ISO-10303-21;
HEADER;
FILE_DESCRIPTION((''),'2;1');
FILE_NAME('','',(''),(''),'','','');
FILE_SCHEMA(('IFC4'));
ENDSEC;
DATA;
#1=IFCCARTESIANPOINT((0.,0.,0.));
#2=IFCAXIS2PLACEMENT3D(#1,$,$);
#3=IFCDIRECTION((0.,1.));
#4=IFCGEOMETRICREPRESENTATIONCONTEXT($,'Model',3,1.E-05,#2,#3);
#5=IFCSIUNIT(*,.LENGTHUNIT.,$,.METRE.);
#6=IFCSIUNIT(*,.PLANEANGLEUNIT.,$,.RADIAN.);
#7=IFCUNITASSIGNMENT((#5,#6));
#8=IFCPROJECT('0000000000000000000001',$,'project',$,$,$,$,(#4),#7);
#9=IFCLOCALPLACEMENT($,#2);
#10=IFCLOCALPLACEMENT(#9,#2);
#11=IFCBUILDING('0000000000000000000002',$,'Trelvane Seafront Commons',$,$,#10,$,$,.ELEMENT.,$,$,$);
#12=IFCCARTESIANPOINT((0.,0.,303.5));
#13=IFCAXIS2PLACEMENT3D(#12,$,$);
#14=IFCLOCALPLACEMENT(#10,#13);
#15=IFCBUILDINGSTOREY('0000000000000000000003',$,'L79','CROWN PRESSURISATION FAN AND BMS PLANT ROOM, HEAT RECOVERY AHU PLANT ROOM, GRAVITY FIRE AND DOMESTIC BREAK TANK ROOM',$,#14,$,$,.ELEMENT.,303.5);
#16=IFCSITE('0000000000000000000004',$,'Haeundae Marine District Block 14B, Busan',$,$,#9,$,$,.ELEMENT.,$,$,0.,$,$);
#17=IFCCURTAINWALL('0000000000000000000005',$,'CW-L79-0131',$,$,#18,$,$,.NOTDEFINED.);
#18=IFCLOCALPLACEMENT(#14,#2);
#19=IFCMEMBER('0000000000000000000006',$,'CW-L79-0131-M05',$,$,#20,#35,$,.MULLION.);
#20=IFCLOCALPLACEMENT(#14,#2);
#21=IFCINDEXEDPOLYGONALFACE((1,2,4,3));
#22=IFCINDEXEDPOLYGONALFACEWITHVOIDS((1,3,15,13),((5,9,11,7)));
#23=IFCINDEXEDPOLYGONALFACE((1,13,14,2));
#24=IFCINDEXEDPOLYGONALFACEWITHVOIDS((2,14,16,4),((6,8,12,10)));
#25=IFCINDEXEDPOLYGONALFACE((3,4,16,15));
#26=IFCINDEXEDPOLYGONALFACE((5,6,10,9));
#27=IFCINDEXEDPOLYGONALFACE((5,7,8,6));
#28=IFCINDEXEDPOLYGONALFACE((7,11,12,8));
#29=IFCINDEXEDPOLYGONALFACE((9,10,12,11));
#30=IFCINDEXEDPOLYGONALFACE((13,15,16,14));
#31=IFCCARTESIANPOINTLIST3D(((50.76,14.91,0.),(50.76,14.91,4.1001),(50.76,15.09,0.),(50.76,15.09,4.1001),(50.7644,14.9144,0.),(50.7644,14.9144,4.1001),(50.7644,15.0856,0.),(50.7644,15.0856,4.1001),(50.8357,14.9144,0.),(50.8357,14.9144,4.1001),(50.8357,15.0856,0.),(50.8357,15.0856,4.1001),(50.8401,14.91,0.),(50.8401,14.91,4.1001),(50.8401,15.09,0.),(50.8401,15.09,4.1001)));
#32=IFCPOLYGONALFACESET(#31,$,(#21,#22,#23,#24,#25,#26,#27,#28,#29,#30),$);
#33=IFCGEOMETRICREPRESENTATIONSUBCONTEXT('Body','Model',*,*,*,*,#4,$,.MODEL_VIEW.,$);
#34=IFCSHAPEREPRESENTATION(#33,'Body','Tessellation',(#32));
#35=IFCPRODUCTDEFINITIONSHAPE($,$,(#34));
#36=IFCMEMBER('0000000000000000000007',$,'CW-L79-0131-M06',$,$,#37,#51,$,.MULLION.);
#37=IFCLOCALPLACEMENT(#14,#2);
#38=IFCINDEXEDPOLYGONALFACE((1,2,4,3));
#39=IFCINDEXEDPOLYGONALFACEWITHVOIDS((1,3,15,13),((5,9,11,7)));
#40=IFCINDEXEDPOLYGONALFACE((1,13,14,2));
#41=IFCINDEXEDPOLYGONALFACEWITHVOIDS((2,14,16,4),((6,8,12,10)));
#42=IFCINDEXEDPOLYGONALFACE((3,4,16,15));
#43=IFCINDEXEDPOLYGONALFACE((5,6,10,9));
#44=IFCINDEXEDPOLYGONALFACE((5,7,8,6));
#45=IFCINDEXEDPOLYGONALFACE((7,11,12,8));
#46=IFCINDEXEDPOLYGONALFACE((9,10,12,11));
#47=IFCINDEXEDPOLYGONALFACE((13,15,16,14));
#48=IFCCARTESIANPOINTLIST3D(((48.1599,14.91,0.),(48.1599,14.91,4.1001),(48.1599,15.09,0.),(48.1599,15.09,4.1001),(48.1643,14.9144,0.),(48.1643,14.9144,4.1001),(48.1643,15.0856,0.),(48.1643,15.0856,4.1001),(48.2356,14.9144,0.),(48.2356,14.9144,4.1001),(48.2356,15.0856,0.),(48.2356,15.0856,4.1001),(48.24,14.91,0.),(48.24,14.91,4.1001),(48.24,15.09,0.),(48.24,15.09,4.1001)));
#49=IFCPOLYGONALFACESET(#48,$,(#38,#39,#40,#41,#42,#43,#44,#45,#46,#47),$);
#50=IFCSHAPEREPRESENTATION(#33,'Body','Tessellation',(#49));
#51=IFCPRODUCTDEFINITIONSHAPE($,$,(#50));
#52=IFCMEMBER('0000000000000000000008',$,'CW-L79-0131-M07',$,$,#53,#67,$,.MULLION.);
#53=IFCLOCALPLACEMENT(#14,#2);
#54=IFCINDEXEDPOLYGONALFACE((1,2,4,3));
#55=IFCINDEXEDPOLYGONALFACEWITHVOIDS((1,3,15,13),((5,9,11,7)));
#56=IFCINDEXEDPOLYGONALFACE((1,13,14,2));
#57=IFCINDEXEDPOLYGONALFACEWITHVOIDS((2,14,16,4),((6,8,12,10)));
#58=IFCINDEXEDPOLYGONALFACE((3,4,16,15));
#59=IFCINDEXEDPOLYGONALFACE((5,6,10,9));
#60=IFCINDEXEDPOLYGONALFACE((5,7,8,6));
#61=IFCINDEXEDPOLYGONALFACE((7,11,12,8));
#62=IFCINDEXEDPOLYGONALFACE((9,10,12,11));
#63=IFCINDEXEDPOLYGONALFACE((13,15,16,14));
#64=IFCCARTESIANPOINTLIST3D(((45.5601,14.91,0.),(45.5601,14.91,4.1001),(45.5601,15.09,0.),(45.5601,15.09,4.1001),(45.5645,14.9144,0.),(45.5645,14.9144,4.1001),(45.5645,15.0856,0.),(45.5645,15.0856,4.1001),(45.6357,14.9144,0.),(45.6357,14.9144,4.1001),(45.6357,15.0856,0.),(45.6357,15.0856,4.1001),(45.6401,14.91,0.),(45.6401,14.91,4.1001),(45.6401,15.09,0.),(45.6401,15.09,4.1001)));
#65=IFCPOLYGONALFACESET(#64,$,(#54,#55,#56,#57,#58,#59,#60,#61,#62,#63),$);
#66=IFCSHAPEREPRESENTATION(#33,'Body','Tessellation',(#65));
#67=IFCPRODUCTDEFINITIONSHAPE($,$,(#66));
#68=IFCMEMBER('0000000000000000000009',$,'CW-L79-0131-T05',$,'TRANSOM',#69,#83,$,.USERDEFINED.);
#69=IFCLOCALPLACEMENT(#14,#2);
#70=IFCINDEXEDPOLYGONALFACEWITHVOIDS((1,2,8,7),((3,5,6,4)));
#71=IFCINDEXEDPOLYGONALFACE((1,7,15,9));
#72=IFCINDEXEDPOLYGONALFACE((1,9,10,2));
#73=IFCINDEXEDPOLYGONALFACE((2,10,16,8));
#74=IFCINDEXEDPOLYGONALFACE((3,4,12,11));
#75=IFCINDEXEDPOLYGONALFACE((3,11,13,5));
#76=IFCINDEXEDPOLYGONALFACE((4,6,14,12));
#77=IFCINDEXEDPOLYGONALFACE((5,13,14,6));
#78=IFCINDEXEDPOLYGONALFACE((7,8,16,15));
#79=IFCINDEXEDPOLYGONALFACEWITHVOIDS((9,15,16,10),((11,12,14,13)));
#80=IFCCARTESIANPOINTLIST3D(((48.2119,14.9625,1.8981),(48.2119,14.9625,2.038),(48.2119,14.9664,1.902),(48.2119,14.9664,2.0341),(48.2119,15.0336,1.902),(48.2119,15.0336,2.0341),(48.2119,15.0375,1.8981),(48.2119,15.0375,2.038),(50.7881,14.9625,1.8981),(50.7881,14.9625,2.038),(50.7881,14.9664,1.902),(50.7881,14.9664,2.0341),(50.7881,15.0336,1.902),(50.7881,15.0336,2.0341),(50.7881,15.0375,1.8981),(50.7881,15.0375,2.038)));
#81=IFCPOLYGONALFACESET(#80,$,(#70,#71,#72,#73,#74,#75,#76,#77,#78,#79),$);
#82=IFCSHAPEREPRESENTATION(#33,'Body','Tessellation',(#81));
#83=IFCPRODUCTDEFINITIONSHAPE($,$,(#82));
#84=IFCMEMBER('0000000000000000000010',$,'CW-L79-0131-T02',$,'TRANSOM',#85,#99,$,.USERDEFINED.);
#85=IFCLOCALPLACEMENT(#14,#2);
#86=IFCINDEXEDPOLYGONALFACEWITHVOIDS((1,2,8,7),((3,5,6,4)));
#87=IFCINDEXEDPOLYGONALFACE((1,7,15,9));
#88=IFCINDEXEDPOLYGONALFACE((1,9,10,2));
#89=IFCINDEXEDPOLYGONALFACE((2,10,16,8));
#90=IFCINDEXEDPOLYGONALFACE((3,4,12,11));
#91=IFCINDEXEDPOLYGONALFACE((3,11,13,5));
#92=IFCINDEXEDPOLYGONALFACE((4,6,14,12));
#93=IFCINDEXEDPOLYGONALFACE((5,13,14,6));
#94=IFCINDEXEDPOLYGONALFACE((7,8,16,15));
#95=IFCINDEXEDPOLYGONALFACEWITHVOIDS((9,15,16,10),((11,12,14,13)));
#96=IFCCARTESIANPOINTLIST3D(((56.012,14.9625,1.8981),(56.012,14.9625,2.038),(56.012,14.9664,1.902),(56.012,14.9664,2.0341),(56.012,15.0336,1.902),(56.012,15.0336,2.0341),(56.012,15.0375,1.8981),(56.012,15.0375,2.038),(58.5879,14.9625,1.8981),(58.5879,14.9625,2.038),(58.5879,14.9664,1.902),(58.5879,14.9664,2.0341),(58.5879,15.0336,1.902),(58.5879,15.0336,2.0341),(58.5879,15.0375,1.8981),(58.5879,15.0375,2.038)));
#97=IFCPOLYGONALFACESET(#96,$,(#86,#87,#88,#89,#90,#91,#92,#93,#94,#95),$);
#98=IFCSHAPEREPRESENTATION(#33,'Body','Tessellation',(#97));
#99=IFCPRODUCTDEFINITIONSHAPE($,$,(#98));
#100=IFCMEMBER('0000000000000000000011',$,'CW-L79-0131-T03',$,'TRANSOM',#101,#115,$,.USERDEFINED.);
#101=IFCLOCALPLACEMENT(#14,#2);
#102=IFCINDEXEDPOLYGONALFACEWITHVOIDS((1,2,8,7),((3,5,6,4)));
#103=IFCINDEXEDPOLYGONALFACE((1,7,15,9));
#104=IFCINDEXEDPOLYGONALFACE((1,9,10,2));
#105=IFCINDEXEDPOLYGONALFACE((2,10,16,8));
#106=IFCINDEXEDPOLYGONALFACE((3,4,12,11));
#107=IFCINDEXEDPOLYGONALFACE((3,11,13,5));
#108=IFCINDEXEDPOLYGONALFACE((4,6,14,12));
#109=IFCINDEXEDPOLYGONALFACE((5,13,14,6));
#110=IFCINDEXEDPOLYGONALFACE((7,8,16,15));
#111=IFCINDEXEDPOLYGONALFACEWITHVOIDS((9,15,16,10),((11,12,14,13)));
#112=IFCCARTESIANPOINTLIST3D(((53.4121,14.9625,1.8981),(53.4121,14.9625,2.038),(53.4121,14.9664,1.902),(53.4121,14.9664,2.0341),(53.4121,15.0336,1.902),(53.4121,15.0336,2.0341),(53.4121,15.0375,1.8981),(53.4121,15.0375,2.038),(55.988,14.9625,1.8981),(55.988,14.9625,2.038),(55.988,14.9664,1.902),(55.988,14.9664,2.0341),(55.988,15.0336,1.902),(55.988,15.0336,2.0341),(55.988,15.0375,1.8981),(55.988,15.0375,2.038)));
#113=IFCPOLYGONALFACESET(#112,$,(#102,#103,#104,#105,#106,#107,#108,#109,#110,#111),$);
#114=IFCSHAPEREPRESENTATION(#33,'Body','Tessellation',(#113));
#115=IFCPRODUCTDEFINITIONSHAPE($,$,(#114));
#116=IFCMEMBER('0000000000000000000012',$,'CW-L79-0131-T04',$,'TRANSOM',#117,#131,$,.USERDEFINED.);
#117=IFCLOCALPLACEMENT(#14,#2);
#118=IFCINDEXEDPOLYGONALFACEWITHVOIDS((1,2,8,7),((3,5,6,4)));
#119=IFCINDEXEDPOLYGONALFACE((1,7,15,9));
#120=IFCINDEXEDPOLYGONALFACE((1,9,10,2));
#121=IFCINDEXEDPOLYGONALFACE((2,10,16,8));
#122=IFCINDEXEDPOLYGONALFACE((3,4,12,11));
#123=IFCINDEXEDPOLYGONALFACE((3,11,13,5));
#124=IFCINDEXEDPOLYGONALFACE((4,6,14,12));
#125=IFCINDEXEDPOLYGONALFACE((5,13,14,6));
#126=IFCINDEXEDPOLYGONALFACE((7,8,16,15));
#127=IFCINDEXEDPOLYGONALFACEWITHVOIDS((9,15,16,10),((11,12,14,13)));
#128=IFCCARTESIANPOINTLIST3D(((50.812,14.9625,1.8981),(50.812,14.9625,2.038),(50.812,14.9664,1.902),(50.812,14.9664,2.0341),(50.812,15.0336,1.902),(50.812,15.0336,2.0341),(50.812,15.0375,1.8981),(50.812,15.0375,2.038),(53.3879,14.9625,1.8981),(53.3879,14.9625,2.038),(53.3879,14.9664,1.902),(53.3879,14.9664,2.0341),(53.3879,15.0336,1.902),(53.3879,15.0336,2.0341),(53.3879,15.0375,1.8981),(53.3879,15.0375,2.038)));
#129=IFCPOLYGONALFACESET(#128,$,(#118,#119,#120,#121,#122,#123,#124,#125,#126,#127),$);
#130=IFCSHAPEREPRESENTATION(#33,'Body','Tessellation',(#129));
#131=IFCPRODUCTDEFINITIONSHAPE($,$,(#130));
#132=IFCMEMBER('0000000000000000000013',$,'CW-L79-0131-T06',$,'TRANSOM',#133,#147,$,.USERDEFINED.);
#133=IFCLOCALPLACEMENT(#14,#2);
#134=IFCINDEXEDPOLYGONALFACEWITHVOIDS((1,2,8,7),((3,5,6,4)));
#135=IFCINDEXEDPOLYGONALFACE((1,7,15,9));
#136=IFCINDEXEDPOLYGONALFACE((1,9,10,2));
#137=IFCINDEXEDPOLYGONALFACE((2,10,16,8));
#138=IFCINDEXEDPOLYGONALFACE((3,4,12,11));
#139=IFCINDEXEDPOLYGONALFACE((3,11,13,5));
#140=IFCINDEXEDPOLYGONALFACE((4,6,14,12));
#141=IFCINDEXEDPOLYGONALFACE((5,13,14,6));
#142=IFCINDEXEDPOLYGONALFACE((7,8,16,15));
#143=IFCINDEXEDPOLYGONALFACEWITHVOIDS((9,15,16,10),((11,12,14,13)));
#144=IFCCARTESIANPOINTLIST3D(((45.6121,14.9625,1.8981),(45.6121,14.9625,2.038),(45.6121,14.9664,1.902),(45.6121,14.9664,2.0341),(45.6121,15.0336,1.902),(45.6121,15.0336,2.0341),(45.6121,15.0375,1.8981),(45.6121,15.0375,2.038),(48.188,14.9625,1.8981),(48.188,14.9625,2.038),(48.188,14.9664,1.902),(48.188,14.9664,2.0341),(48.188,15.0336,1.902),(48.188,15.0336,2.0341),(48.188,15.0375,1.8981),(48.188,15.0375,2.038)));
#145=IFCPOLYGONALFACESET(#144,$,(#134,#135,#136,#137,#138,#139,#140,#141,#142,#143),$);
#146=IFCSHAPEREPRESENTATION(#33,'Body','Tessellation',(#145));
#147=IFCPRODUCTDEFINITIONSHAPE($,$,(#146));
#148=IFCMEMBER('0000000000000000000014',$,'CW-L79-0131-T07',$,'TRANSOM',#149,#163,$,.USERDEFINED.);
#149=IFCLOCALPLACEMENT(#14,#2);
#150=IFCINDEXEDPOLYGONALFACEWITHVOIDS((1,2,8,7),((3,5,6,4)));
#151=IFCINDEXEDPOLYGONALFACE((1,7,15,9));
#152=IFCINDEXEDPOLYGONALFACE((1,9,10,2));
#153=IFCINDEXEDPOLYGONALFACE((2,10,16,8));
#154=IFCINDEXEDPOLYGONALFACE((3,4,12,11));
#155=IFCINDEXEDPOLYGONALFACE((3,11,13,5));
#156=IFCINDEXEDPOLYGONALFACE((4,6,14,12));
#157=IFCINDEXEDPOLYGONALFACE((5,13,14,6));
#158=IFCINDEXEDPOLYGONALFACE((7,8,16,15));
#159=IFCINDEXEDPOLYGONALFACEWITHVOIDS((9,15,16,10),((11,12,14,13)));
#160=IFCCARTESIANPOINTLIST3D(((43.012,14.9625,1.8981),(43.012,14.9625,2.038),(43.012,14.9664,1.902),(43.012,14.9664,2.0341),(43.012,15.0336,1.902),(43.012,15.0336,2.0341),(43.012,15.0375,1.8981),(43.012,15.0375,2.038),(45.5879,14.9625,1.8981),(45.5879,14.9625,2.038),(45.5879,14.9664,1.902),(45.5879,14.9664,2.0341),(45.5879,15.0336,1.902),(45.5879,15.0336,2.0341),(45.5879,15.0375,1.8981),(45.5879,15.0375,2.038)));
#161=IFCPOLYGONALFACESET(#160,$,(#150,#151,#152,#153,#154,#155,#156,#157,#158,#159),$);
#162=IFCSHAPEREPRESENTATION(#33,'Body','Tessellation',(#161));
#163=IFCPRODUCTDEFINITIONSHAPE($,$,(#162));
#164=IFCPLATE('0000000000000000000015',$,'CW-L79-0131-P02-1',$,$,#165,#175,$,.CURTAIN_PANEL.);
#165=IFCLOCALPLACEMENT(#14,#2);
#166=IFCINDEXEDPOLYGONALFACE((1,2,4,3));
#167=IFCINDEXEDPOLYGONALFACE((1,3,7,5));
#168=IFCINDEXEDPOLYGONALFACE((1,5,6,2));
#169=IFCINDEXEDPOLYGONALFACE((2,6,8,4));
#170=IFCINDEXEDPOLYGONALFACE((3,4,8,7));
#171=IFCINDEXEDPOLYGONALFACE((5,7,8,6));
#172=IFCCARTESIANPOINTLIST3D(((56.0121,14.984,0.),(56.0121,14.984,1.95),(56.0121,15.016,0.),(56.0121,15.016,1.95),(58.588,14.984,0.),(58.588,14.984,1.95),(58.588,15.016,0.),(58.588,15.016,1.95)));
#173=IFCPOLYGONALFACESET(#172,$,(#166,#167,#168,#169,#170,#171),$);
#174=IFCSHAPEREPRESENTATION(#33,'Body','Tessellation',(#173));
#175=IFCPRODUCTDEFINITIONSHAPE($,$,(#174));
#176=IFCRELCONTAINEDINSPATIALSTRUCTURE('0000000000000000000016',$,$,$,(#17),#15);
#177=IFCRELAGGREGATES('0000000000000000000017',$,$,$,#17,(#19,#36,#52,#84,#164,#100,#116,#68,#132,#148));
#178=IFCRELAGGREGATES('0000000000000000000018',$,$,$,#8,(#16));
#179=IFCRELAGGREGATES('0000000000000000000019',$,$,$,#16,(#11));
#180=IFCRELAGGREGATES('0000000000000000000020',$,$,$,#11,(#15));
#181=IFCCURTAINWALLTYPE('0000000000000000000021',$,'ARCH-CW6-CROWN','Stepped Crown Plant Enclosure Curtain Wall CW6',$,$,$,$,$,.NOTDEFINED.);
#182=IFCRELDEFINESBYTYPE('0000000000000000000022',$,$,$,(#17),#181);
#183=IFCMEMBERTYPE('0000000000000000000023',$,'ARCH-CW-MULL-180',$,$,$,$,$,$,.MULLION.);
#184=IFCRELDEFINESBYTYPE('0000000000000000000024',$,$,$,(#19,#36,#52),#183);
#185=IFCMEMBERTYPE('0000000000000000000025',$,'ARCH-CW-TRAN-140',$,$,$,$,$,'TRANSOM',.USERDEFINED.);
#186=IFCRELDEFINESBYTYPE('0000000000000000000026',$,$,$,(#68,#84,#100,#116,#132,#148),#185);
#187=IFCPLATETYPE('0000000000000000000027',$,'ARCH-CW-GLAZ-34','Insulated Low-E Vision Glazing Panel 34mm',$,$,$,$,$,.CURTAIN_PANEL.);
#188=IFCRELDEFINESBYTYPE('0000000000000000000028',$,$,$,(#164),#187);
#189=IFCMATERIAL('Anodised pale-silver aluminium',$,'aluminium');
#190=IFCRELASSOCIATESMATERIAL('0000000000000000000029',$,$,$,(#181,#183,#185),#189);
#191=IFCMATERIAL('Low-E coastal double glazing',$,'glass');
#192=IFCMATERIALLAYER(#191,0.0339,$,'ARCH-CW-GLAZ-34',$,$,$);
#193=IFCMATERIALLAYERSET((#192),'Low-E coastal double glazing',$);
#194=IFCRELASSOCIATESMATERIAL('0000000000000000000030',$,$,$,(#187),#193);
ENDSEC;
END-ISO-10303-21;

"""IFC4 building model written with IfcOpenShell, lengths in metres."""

from ifc_helpers import new_model, si_unit, direction, frame, origin, origin_2d, place, context, subcontext, project, spatial, rectangle, hollow_rectangle, extrude, source, transform, mapped, material, layer, layer_set, material_profile, profile_set, type_object, element, aggregate, save


model = new_model("IFC4")

# Units and contexts
model_context = context("Model", 3, precision=1e-05, world=origin(), true_north=direction((0.0, 1.0)))
body_context = subcontext(model_context, "Body", "Model", "MODEL_VIEW")
ifc_project = project(units=[si_unit("LENGTHUNIT", "METRE"), si_unit("PLANEANGLEUNIT", "RADIAN")], contexts=[model_context])

# Site, building, storey
site_placement = place(None, origin())
site = spatial("IfcSite", under=ifc_project, at=site_placement, Name="Haeundae Marine District Block 14B, Busan", CompositionType="ELEMENT", RefElevation=0.0)
building_placement = place(site_placement, origin())
building = spatial("IfcBuilding", under=site, at=building_placement, Name="Trelvane Seafront Commons", CompositionType="ELEMENT")
storey_placement = place(building_placement, frame((0.0, 0.0, 303.5)))
storey = spatial("IfcBuildingStorey", under=building, at=storey_placement, Name="L79", Description="CROWN PRESSURISATION FAN AND BMS PLANT ROOM, HEAT RECOVERY AHU PLANT ROOM, GRAVITY FIRE AND DOMESTIC BREAK TANK ROOM", CompositionType="ELEMENT", Elevation=303.5)

# Curtain wall, members, plate
ifc_material_1 = material(Name="Anodised pale-silver aluminium", Category="aluminium")
curtain_wall_type = type_object("IfcCurtainWallType", Name="ARCH-CW6-CROWN", Description="Stepped Crown Plant Enclosure Curtain Wall CW6", PredefinedType="NOTDEFINED", material=ifc_material_1)
curtain_wall_placement = place(storey_placement, origin())
curtain_wall = element("IfcCurtainWall", 1, at=curtain_wall_placement, inside=storey, type_object=curtain_wall_type, Name="CW-L79-0131", PredefinedType="NOTDEFINED")
ifc_material_profile_1 = material_profile(ifc_material_1, hollow_rectangle(XDim=0.0801, YDim=0.1799, WallThickness=0.0044, at=origin_2d()), Name="MULL-80x180x4.5")
ifc_profile_set_1 = profile_set([ifc_material_profile_1], Name="Anodised pale-silver aluminium")
member_type_1 = type_object("IfcMemberType", Name="ARCH-CW-MULL-180", PredefinedType="MULLION", material=ifc_profile_set_1)
shared_shape_1 = source(origin(), body_context, "Body", "SweptSolid", [
    extrude(hollow_rectangle(XDim=0.0801, YDim=0.1799, WallThickness=0.0044, at=origin_2d()), origin(), (0.0, 0.0, 1.0), 4.1001),
])
member_1_placement = place(storey_placement, frame((50.8, 15.0, 0.0), z_axis=(0.0, 0.0, 1.0), x_axis=(1.0, 0.0, 0.0)))
member_1 = element("IfcMember", 2, at=member_1_placement, type_object=member_type_1, Name="CW-L79-0131-M05", PredefinedType="MULLION", context=body_context, shape_type="MappedRepresentation", body=[
    mapped(shared_shape_1, transform((0.0, 0.0, 0.0), x_axis=(1.0, 0.0, 0.0), y_axis=(0.0, 1.0, 0.0), z_axis=(0.0, 0.0, 1.0), scale=1.0)),
])
member_2_placement = place(storey_placement, frame((48.2, 15.0, 0.0), z_axis=(0.0, 0.0, 1.0), x_axis=(1.0, 0.0, 0.0)))
member_2 = element("IfcMember", 3, at=member_2_placement, type_object=member_type_1, Name="CW-L79-0131-M06", PredefinedType="MULLION", context=body_context, shape_type="MappedRepresentation", body=[
    mapped(shared_shape_1, transform((0.0, 0.0, 0.0), x_axis=(1.0, 0.0, 0.0), y_axis=(0.0, 1.0, 0.0), z_axis=(0.0, 0.0, 1.0), scale=1.0)),
])
member_3_placement = place(storey_placement, frame((45.6001, 15.0, 0.0), z_axis=(0.0, 0.0, 1.0), x_axis=(1.0, 0.0, 0.0)))
member_3 = element("IfcMember", 4, at=member_3_placement, type_object=member_type_1, Name="CW-L79-0131-M07", PredefinedType="MULLION", context=body_context, shape_type="MappedRepresentation", body=[
    mapped(shared_shape_1, transform((0.0, 0.0, 0.0), x_axis=(1.0, 0.0, 0.0), y_axis=(0.0, 1.0, 0.0), z_axis=(0.0, 0.0, 1.0), scale=1.0)),
])
ifc_material_profile_2 = material_profile(ifc_material_1, hollow_rectangle(XDim=0.075, YDim=0.1399, WallThickness=0.0039, at=origin_2d()), Name="TRAN-75x140x4")
ifc_profile_set_2 = profile_set([ifc_material_profile_2], Name="Anodised pale-silver aluminium")
member_type_2 = type_object("IfcMemberType", Name="ARCH-CW-TRAN-140", ElementType="TRANSOM", PredefinedType="USERDEFINED", material=ifc_profile_set_2)
shared_shape_2 = source(origin(), body_context, "Body", "SweptSolid", [
    extrude(hollow_rectangle(XDim=0.075, YDim=0.1399, WallThickness=0.0039, at=origin_2d()), origin(), (0.0, 0.0, 1.0), 2.5762),
])
member_4_placement = place(storey_placement, frame((50.7881, 15.0, 1.968), z_axis=(-1.0, 0.0, 0.0), x_axis=(0.0, -1.0, 0.0)))
member_4 = element("IfcMember", 5, at=member_4_placement, type_object=member_type_2, Name="CW-L79-0131-T05", ObjectType="TRANSOM", PredefinedType="USERDEFINED", context=body_context, shape_type="MappedRepresentation", body=[
    mapped(shared_shape_2, transform((0.0, 0.0, 0.0), x_axis=(1.0, 0.0, 0.0), y_axis=(0.0, 1.0, 0.0), z_axis=(0.0, 0.0, 1.0), scale=1.0)),
])
shared_shape_3 = source(origin(), body_context, "Body", "SweptSolid", [
    extrude(hollow_rectangle(XDim=0.075, YDim=0.1399, WallThickness=0.0039, at=origin_2d()), origin(), (0.0, 0.0, 1.0), 2.5759),
])
member_5_placement = place(storey_placement, frame((58.5879, 15.0, 1.968), z_axis=(-1.0, 0.0, 0.0), x_axis=(0.0, -1.0, 0.0)))
member_5 = element("IfcMember", 6, at=member_5_placement, type_object=member_type_2, Name="CW-L79-0131-T02", ObjectType="TRANSOM", PredefinedType="USERDEFINED", context=body_context, shape_type="MappedRepresentation", body=[
    mapped(shared_shape_3, transform((0.0, 0.0, 0.0), x_axis=(1.0, 0.0, 0.0), y_axis=(0.0, 1.0, 0.0), z_axis=(0.0, 0.0, 1.0), scale=1.0)),
])
member_6_placement = place(storey_placement, frame((55.988, 15.0, 1.968), z_axis=(-1.0, 0.0, 0.0), x_axis=(0.0, -1.0, 0.0)))
member_6 = element("IfcMember", 7, at=member_6_placement, type_object=member_type_2, Name="CW-L79-0131-T03", ObjectType="TRANSOM", PredefinedType="USERDEFINED", context=body_context, shape_type="MappedRepresentation", body=[
    mapped(shared_shape_3, transform((0.0, 0.0, 0.0), x_axis=(1.0, 0.0, 0.0), y_axis=(0.0, 1.0, 0.0), z_axis=(0.0, 0.0, 1.0), scale=1.0)),
])
member_7_placement = place(storey_placement, frame((53.3879, 15.0, 1.968), z_axis=(-1.0, 0.0, 0.0), x_axis=(0.0, -1.0, 0.0)))
member_7 = element("IfcMember", 8, at=member_7_placement, type_object=member_type_2, Name="CW-L79-0131-T04", ObjectType="TRANSOM", PredefinedType="USERDEFINED", context=body_context, shape_type="MappedRepresentation", body=[
    mapped(shared_shape_3, transform((0.0, 0.0, 0.0), x_axis=(1.0, 0.0, 0.0), y_axis=(0.0, 1.0, 0.0), z_axis=(0.0, 0.0, 1.0), scale=1.0)),
])
member_8_placement = place(storey_placement, frame((48.188, 15.0, 1.968), z_axis=(-1.0, 0.0, 0.0), x_axis=(0.0, -1.0, 0.0)))
member_8 = element("IfcMember", 9, at=member_8_placement, type_object=member_type_2, Name="CW-L79-0131-T06", ObjectType="TRANSOM", PredefinedType="USERDEFINED", context=body_context, shape_type="MappedRepresentation", body=[
    mapped(shared_shape_3, transform((0.0, 0.0, 0.0), x_axis=(1.0, 0.0, 0.0), y_axis=(0.0, 1.0, 0.0), z_axis=(0.0, 0.0, 1.0), scale=1.0)),
])
member_9_placement = place(storey_placement, frame((45.5879, 15.0, 1.968), z_axis=(-1.0, 0.0, 0.0), x_axis=(0.0, -1.0, 0.0)))
member_9 = element("IfcMember", 10, at=member_9_placement, type_object=member_type_2, Name="CW-L79-0131-T07", ObjectType="TRANSOM", PredefinedType="USERDEFINED", context=body_context, shape_type="MappedRepresentation", body=[
    mapped(shared_shape_3, transform((0.0, 0.0, 0.0), x_axis=(1.0, 0.0, 0.0), y_axis=(0.0, 1.0, 0.0), z_axis=(0.0, 0.0, 1.0), scale=1.0)),
])
ifc_material_2 = material(Name="Low-E coastal double glazing", Category="glass")
ifc_layer_1 = layer(ifc_material_2, 0.0339, Name="ARCH-CW-GLAZ-34")
ifc_layer_set_1 = layer_set([ifc_layer_1], Name="Low-E coastal double glazing")
plate_type_1 = type_object("IfcPlateType", Name="ARCH-CW-GLAZ-34", Description="Insulated Low-E Vision Glazing Panel 34mm", PredefinedType="CURTAIN_PANEL", material=ifc_layer_set_1)
shared_shape_4 = source(origin(), body_context, "Body", "SweptSolid", [
    extrude(rectangle(XDim=2.5759, YDim=0.032, at=origin_2d()), origin(), (0.0, 0.0, 1.0), 1.95),
])
plate_1_placement = place(storey_placement, frame((57.3, 15.0, 0.0), z_axis=(0.0, 0.0, 1.0), x_axis=(-1.0, 0.0, 0.0)))
plate_1 = element("IfcPlate", 11, at=plate_1_placement, type_object=plate_type_1, Name="CW-L79-0131-P02-1", PredefinedType="CURTAIN_PANEL", context=body_context, shape_type="MappedRepresentation", body=[
    mapped(shared_shape_4, transform((0.0, 0.0, 0.0), x_axis=(1.0, 0.0, 0.0), y_axis=(0.0, 1.0, 0.0), z_axis=(0.0, 0.0, 1.0), scale=1.0)),
])
aggregate(curtain_wall, [member_1, member_2, member_3, member_5, plate_1, member_6, member_7, member_4, member_8, member_9])

save(model, "model.ifc")
